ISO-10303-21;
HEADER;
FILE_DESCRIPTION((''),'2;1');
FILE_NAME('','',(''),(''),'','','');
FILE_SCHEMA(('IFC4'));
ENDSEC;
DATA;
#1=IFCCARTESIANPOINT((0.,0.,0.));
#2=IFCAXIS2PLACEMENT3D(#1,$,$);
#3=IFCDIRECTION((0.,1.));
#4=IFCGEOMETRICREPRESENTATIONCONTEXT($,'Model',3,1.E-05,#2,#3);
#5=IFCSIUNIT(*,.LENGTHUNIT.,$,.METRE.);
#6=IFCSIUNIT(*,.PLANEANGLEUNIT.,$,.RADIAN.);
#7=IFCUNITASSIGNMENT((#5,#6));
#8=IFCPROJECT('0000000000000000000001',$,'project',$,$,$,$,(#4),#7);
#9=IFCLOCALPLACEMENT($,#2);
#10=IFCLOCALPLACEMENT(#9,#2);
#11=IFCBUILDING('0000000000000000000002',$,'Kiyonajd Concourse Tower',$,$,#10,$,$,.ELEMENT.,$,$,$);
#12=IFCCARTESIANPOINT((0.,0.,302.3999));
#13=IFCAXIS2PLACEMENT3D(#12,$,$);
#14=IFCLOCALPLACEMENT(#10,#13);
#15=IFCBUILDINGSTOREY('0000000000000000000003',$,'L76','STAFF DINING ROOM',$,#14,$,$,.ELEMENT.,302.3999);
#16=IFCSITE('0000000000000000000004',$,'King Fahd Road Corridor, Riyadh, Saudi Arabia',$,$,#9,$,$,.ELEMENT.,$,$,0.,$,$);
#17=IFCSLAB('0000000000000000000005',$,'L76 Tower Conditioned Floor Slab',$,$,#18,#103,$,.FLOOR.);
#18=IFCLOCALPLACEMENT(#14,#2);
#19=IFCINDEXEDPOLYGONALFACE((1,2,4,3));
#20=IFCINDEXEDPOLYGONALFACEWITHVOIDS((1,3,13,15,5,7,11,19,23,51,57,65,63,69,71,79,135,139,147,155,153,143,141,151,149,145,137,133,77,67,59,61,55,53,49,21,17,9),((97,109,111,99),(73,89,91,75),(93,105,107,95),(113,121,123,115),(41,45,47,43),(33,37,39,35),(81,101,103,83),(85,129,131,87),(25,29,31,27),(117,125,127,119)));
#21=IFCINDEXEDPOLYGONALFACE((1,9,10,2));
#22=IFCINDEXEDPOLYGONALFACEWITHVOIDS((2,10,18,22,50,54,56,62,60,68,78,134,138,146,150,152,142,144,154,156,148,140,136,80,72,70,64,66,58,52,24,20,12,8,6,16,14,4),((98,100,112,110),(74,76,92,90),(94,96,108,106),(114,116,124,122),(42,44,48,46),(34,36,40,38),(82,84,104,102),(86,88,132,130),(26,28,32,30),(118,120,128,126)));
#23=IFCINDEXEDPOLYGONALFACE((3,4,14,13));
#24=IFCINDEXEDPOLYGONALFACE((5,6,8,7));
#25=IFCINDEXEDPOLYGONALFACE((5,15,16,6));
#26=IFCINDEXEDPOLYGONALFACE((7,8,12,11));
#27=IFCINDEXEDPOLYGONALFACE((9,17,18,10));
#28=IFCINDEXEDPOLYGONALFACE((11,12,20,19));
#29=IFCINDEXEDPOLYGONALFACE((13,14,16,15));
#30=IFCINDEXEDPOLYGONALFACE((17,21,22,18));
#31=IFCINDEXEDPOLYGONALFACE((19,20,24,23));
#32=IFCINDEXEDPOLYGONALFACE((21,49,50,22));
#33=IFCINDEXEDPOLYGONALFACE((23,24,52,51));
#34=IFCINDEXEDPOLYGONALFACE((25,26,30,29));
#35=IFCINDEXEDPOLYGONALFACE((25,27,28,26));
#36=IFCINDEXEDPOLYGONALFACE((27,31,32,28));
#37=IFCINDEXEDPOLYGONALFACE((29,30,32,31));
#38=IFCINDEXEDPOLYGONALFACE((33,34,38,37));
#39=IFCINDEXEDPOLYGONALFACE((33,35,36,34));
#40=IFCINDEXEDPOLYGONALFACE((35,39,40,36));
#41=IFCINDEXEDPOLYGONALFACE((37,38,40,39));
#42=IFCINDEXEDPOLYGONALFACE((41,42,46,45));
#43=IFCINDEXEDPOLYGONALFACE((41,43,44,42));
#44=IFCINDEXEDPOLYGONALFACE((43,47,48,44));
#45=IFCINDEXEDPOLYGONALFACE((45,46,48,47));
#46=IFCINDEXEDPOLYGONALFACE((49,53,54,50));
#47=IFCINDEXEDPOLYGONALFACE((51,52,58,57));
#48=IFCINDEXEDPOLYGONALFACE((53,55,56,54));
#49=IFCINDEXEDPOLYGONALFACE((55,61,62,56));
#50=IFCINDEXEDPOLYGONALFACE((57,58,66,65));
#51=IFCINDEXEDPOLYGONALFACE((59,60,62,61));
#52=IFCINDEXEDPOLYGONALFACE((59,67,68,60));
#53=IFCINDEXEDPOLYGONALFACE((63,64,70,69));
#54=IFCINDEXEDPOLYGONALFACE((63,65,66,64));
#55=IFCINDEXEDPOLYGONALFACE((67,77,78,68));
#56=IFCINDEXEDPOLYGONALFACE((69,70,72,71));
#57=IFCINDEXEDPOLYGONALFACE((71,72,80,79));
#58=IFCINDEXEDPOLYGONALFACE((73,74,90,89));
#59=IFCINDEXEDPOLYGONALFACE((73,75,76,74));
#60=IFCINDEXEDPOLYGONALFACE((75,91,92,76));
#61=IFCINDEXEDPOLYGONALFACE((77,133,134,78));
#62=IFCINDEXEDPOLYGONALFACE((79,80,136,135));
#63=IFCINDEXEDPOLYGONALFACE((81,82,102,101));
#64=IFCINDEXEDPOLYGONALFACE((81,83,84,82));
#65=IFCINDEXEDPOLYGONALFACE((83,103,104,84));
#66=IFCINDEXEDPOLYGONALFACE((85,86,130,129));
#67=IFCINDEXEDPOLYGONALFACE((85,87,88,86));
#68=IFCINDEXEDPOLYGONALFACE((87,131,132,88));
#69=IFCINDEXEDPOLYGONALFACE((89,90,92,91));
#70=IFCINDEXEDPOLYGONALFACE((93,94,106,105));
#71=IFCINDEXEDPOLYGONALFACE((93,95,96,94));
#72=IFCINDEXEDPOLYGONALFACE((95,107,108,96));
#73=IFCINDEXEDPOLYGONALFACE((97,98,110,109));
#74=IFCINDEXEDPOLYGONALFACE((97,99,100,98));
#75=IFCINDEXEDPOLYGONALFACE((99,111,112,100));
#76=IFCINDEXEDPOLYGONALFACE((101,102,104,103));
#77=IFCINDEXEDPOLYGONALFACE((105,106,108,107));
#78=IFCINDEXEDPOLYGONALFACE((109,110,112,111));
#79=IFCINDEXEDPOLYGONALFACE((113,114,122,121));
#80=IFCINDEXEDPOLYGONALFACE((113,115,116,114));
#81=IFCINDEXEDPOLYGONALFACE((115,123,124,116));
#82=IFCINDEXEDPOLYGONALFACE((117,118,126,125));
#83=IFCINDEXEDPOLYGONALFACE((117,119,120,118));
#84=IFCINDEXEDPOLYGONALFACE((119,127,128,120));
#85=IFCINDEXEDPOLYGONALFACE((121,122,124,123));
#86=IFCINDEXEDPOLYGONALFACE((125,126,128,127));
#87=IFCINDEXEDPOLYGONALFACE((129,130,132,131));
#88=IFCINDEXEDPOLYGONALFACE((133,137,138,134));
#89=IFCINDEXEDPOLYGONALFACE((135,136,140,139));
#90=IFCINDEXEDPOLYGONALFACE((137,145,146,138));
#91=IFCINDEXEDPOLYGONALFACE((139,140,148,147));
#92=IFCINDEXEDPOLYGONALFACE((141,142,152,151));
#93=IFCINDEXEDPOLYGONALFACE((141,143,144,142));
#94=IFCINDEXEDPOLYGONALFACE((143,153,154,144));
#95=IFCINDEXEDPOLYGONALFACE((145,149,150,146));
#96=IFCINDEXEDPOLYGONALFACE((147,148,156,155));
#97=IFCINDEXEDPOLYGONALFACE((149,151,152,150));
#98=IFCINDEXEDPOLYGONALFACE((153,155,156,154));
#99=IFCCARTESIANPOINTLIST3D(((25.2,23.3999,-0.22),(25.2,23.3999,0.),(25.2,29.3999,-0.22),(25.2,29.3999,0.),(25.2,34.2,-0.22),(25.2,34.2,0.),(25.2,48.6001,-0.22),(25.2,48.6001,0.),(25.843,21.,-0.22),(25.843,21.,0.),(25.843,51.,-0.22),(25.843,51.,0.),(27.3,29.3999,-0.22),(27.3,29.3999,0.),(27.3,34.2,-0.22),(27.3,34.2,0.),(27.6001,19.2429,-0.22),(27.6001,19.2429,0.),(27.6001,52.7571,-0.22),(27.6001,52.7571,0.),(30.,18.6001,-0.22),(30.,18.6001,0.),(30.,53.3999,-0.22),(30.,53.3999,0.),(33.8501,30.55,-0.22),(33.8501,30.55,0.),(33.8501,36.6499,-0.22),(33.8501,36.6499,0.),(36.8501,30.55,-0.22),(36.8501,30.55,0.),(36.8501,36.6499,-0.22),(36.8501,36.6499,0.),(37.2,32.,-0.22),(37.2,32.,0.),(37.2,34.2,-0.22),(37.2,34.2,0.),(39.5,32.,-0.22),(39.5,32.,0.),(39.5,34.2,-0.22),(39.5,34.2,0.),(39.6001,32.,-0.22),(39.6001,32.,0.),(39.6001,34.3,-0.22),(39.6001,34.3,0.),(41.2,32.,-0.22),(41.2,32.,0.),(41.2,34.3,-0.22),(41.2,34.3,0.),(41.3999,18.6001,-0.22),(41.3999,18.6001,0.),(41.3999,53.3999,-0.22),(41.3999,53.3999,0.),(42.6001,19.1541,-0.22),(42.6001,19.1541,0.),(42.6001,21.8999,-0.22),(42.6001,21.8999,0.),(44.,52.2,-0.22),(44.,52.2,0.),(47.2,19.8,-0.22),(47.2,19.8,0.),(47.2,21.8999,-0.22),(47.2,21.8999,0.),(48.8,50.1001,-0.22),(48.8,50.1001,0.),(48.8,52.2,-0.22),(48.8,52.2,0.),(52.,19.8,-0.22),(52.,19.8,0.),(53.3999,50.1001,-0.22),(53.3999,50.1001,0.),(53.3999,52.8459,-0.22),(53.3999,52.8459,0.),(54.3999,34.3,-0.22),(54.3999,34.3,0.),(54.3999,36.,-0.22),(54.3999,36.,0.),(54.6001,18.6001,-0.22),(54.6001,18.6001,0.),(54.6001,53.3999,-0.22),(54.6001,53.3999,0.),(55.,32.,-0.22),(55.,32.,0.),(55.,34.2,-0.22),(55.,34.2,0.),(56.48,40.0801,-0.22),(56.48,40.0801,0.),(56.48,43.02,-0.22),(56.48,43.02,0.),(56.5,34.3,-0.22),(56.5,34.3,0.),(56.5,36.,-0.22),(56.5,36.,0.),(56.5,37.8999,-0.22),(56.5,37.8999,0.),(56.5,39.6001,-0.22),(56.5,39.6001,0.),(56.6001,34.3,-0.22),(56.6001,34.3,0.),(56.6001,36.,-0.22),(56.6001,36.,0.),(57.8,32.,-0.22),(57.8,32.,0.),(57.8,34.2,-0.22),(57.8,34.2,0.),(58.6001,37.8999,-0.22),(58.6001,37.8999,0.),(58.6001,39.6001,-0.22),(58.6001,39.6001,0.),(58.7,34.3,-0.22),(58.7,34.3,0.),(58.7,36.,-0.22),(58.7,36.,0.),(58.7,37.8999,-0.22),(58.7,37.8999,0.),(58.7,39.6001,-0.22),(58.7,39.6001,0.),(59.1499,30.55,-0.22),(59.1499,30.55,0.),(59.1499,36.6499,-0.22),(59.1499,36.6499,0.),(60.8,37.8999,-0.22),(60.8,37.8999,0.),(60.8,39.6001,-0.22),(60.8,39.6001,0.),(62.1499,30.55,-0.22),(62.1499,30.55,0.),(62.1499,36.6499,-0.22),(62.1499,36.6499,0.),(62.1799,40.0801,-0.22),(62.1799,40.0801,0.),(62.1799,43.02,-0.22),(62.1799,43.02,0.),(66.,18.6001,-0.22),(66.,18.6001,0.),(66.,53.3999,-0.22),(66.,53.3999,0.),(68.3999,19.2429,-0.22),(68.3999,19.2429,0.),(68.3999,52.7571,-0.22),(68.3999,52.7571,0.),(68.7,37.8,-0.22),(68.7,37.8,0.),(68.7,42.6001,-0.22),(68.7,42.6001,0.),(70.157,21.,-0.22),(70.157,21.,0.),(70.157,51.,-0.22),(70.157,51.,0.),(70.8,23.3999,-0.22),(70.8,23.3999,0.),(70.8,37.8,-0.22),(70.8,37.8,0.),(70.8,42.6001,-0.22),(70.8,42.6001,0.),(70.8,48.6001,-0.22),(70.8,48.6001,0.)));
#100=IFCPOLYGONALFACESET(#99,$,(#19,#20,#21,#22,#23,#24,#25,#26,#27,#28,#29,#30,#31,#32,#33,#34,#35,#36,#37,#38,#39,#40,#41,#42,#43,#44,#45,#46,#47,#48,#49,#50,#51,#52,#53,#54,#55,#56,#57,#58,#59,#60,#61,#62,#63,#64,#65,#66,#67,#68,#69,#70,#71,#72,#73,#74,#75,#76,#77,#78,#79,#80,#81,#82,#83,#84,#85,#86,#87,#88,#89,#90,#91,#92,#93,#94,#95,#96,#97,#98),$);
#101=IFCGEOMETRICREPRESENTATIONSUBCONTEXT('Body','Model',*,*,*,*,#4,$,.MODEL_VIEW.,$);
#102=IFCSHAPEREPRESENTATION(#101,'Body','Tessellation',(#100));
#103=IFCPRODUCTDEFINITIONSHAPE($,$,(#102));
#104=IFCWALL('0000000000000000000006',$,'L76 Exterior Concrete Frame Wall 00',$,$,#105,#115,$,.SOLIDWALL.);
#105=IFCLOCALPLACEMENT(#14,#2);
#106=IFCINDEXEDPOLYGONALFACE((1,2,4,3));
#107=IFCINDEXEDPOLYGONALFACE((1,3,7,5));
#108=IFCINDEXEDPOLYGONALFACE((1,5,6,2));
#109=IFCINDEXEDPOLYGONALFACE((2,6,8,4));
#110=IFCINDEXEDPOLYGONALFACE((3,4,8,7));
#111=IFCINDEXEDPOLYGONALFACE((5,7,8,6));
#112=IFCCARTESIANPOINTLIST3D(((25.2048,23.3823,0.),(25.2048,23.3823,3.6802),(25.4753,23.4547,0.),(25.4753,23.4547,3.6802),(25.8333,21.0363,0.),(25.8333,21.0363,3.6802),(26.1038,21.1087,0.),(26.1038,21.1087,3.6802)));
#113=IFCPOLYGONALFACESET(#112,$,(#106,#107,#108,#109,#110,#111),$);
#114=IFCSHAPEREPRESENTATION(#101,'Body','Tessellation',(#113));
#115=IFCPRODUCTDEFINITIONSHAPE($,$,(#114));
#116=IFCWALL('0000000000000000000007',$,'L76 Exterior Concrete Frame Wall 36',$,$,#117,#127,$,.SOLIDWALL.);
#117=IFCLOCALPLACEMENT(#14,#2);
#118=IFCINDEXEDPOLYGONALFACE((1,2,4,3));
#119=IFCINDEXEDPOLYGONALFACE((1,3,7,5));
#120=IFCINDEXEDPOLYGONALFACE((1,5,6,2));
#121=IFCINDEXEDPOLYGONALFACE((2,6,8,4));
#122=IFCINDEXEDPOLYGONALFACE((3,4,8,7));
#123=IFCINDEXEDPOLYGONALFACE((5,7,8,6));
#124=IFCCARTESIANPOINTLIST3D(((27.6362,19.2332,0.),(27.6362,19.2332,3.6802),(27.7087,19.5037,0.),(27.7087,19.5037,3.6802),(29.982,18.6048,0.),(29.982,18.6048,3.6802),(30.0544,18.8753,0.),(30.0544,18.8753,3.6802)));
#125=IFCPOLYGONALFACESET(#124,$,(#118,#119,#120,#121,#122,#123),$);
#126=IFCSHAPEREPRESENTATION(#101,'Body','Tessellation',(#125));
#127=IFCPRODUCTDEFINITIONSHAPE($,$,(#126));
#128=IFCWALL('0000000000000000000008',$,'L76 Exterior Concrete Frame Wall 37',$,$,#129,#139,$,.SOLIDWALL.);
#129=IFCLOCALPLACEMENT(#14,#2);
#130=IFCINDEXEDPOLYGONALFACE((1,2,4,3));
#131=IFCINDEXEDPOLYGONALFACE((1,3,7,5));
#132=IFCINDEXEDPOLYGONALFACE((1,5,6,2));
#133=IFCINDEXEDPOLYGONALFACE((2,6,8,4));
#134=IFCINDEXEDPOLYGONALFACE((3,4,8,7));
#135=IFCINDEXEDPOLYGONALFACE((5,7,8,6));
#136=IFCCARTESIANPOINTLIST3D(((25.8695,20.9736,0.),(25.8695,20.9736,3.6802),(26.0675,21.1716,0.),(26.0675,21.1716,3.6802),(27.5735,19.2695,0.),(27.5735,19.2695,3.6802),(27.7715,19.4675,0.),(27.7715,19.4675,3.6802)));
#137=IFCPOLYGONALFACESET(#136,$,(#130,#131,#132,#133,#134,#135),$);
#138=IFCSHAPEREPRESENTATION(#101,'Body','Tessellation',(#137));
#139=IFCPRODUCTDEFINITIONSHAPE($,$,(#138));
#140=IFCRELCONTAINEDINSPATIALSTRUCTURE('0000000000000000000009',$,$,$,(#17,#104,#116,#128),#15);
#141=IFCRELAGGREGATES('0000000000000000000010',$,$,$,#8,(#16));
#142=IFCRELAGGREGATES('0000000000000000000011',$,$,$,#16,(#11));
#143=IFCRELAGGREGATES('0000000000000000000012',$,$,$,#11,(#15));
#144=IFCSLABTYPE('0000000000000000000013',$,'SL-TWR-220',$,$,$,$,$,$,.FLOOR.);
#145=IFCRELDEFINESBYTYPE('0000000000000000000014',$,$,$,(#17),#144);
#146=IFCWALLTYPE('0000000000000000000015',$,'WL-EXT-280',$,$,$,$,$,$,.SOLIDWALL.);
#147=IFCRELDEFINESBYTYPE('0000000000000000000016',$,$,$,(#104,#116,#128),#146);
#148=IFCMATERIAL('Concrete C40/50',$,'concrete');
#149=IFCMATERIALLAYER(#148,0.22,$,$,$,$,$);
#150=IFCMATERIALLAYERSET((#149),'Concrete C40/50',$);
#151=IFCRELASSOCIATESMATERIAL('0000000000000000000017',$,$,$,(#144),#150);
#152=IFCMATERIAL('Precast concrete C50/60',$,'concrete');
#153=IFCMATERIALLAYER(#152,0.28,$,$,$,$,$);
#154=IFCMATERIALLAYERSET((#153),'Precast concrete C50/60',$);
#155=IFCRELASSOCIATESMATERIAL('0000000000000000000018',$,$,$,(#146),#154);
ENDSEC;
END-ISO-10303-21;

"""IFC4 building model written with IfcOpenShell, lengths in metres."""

from ifc_helpers import new_model, si_unit, direction, frame, frame_2d, origin, place, context, subcontext, project, spatial, polyline, rectangle, outline, extrude, material, layer, layer_set, type_object, element, save


model = new_model("IFC4")

# Units and contexts
model_context = context("Model", 3, precision=1e-05, world=origin(), true_north=direction((0.0, 1.0)))
body_context = subcontext(model_context, "Body", "Model", "MODEL_VIEW")
ifc_project = project(units=[si_unit("LENGTHUNIT", "METRE"), si_unit("PLANEANGLEUNIT", "RADIAN")], contexts=[model_context])

# Site, building, storey
site_placement = place(None, origin())
site = spatial("IfcSite", under=ifc_project, at=site_placement, Name="King Fahd Road Corridor, Riyadh, Saudi Arabia", CompositionType="ELEMENT", RefElevation=0.0)
building_placement = place(site_placement, origin())
building = spatial("IfcBuilding", under=site, at=building_placement, Name="Kiyonajd Concourse Tower", CompositionType="ELEMENT")
storey_placement = place(building_placement, frame((0.0, 0.0, 302.3999)))
storey = spatial("IfcBuildingStorey", under=building, at=storey_placement, Name="L76", Description="STAFF DINING ROOM", CompositionType="ELEMENT", Elevation=302.3999)

# Shared definitions
ifc_material_1 = material(Name="Concrete C40/50", Category="concrete")

# Slab
ifc_material_2 = material(Name="Precast concrete C50/60", Category="concrete")
ifc_layer_1 = layer(ifc_material_1, 0.22)
ifc_layer_set_1 = layer_set([ifc_layer_1], Name="Concrete C40/50")
slab_type_1 = type_object("IfcSlabType", Name="SL-TWR-220", PredefinedType="FLOOR", material=ifc_layer_set_1)
slab_1_placement = place(storey_placement, frame((0.0, 0.0, -0.22)))
element("IfcSlab", 1, at=slab_1_placement, inside=storey, type_object=slab_type_1, Name="L76 Tower Conditioned Floor Slab", PredefinedType="FLOOR", context=body_context, shape_type="SweptSolid", body=[
    extrude(outline(polyline([(25.843, 21.0), (25.2, 23.3999), (25.2, 29.3999), (27.3, 29.3999), (27.3, 34.2), (25.2, 34.2), (25.2, 48.6001), (25.843, 51.0), (27.6001, 52.7571), (30.0, 53.3999), (41.3999, 53.3999), (44.0, 52.2), (48.8, 52.2), (48.8, 50.1001), (53.3999, 50.1001), (53.3999, 52.8459), (54.6001, 53.3999), (66.0, 53.3999), (68.3999, 52.7571), (70.157, 51.0), (70.8, 48.6001), (70.8, 42.6001), (68.7, 42.6001), (68.7, 37.8), (70.8, 37.8), (70.8, 23.3999), (70.157, 21.0), (68.3999, 19.2429), (66.0, 18.6001), (54.6001, 18.6001), (52.0, 19.8), (47.2, 19.8), (47.2, 21.8999), (42.6001, 21.8999), (42.6001, 19.1541), (41.3999, 18.6001), (30.0, 18.6001), (27.6001, 19.2429), (25.843, 21.0)]), holes=[polyline([(39.5, 32.0), (37.2, 32.0), (37.2, 34.2), (39.5, 34.2), (39.5, 32.0)]), polyline([(57.8, 32.0), (55.0, 32.0), (55.0, 34.2), (57.8, 34.2), (57.8, 32.0)]), polyline([(41.2, 32.0), (39.6001, 32.0), (39.6001, 34.3), (41.2, 34.3), (41.2, 32.0)]), polyline([(33.8501, 30.55), (33.8501, 36.6499), (36.8501, 36.6499), (36.8501, 30.55), (33.8501, 30.55)]), polyline([(59.1499, 30.55), (59.1499, 36.6499), (62.1499, 36.6499), (62.1499, 30.55), (59.1499, 30.55)]), polyline([(56.5, 34.3), (54.3999, 34.3), (54.3999, 36.0), (56.5, 36.0), (56.5, 34.3)]), polyline([(58.7, 34.3), (56.6001, 34.3), (56.6001, 36.0), (58.7, 36.0), (58.7, 34.3)]), polyline([(58.6001, 37.8999), (56.5, 37.8999), (56.5, 39.6001), (58.6001, 39.6001), (58.6001, 37.8999)]), polyline([(58.7, 37.8999), (58.7, 39.6001), (60.8, 39.6001), (60.8, 37.8999), (58.7, 37.8999)]), polyline([(56.48, 43.02), (62.1799, 43.02), (62.1799, 40.0801), (56.48, 40.0801), (56.48, 43.02)])]), origin(), (0.0, 0.0, 1.0), 0.22),
])

# Walls
ifc_layer_2 = layer(ifc_material_2, 0.28)
ifc_layer_set_2 = layer_set([ifc_layer_2], Name="Precast concrete C50/60")
wall_type = type_object("IfcWallType", Name="WL-EXT-280", PredefinedType="SOLIDWALL", material=ifc_layer_set_2)
wall_1_placement = place(storey_placement, frame((25.9685, 21.0725, 0.0), z_axis=(0.0, 0.0, 1.0), x_axis=(-0.258751, 0.965944, 0.0)))
element("IfcWall", 2, at=wall_1_placement, inside=storey, type_object=wall_type, Name="L76 Exterior Concrete Frame Wall 00", PredefinedType="SOLIDWALL", context=body_context, shape_type="SweptSolid", body=[
    extrude(rectangle(XDim=2.4287, YDim=0.28, at=frame_2d((1.2144, 0.0))), origin(), (0.0, 0.0, 1.0), 3.6802),
])
wall_2_placement = place(storey_placement, frame((30.0183, 18.74, 0.0), z_axis=(0.0, 0.0, 1.0), x_axis=(-0.965937, 0.258776, 0.0)))
element("IfcWall", 3, at=wall_2_placement, inside=storey, type_object=wall_type, Name="L76 Exterior Concrete Frame Wall 36", PredefinedType="SOLIDWALL", context=body_context, shape_type="SweptSolid", body=[
    extrude(rectangle(XDim=2.4285, YDim=0.28, at=frame_2d((1.2144, 0.0))), origin(), (0.0, 0.0, 1.0), 3.6802),
])
wall_3_placement = place(storey_placement, frame((27.6726, 19.3684, 0.0), z_axis=(0.0, 0.0, 1.0), x_axis=(-0.707107, 0.707107, 0.0)))
element("IfcWall", 4, at=wall_3_placement, inside=storey, type_object=wall_type, Name="L76 Exterior Concrete Frame Wall 37", PredefinedType="SOLIDWALL", context=body_context, shape_type="SweptSolid", body=[
    extrude(rectangle(XDim=2.4099, YDim=0.28, at=frame_2d((1.2051, 0.0))), origin(), (0.0, 0.0, 1.0), 3.6802),
])

save(model, "model.ifc")
